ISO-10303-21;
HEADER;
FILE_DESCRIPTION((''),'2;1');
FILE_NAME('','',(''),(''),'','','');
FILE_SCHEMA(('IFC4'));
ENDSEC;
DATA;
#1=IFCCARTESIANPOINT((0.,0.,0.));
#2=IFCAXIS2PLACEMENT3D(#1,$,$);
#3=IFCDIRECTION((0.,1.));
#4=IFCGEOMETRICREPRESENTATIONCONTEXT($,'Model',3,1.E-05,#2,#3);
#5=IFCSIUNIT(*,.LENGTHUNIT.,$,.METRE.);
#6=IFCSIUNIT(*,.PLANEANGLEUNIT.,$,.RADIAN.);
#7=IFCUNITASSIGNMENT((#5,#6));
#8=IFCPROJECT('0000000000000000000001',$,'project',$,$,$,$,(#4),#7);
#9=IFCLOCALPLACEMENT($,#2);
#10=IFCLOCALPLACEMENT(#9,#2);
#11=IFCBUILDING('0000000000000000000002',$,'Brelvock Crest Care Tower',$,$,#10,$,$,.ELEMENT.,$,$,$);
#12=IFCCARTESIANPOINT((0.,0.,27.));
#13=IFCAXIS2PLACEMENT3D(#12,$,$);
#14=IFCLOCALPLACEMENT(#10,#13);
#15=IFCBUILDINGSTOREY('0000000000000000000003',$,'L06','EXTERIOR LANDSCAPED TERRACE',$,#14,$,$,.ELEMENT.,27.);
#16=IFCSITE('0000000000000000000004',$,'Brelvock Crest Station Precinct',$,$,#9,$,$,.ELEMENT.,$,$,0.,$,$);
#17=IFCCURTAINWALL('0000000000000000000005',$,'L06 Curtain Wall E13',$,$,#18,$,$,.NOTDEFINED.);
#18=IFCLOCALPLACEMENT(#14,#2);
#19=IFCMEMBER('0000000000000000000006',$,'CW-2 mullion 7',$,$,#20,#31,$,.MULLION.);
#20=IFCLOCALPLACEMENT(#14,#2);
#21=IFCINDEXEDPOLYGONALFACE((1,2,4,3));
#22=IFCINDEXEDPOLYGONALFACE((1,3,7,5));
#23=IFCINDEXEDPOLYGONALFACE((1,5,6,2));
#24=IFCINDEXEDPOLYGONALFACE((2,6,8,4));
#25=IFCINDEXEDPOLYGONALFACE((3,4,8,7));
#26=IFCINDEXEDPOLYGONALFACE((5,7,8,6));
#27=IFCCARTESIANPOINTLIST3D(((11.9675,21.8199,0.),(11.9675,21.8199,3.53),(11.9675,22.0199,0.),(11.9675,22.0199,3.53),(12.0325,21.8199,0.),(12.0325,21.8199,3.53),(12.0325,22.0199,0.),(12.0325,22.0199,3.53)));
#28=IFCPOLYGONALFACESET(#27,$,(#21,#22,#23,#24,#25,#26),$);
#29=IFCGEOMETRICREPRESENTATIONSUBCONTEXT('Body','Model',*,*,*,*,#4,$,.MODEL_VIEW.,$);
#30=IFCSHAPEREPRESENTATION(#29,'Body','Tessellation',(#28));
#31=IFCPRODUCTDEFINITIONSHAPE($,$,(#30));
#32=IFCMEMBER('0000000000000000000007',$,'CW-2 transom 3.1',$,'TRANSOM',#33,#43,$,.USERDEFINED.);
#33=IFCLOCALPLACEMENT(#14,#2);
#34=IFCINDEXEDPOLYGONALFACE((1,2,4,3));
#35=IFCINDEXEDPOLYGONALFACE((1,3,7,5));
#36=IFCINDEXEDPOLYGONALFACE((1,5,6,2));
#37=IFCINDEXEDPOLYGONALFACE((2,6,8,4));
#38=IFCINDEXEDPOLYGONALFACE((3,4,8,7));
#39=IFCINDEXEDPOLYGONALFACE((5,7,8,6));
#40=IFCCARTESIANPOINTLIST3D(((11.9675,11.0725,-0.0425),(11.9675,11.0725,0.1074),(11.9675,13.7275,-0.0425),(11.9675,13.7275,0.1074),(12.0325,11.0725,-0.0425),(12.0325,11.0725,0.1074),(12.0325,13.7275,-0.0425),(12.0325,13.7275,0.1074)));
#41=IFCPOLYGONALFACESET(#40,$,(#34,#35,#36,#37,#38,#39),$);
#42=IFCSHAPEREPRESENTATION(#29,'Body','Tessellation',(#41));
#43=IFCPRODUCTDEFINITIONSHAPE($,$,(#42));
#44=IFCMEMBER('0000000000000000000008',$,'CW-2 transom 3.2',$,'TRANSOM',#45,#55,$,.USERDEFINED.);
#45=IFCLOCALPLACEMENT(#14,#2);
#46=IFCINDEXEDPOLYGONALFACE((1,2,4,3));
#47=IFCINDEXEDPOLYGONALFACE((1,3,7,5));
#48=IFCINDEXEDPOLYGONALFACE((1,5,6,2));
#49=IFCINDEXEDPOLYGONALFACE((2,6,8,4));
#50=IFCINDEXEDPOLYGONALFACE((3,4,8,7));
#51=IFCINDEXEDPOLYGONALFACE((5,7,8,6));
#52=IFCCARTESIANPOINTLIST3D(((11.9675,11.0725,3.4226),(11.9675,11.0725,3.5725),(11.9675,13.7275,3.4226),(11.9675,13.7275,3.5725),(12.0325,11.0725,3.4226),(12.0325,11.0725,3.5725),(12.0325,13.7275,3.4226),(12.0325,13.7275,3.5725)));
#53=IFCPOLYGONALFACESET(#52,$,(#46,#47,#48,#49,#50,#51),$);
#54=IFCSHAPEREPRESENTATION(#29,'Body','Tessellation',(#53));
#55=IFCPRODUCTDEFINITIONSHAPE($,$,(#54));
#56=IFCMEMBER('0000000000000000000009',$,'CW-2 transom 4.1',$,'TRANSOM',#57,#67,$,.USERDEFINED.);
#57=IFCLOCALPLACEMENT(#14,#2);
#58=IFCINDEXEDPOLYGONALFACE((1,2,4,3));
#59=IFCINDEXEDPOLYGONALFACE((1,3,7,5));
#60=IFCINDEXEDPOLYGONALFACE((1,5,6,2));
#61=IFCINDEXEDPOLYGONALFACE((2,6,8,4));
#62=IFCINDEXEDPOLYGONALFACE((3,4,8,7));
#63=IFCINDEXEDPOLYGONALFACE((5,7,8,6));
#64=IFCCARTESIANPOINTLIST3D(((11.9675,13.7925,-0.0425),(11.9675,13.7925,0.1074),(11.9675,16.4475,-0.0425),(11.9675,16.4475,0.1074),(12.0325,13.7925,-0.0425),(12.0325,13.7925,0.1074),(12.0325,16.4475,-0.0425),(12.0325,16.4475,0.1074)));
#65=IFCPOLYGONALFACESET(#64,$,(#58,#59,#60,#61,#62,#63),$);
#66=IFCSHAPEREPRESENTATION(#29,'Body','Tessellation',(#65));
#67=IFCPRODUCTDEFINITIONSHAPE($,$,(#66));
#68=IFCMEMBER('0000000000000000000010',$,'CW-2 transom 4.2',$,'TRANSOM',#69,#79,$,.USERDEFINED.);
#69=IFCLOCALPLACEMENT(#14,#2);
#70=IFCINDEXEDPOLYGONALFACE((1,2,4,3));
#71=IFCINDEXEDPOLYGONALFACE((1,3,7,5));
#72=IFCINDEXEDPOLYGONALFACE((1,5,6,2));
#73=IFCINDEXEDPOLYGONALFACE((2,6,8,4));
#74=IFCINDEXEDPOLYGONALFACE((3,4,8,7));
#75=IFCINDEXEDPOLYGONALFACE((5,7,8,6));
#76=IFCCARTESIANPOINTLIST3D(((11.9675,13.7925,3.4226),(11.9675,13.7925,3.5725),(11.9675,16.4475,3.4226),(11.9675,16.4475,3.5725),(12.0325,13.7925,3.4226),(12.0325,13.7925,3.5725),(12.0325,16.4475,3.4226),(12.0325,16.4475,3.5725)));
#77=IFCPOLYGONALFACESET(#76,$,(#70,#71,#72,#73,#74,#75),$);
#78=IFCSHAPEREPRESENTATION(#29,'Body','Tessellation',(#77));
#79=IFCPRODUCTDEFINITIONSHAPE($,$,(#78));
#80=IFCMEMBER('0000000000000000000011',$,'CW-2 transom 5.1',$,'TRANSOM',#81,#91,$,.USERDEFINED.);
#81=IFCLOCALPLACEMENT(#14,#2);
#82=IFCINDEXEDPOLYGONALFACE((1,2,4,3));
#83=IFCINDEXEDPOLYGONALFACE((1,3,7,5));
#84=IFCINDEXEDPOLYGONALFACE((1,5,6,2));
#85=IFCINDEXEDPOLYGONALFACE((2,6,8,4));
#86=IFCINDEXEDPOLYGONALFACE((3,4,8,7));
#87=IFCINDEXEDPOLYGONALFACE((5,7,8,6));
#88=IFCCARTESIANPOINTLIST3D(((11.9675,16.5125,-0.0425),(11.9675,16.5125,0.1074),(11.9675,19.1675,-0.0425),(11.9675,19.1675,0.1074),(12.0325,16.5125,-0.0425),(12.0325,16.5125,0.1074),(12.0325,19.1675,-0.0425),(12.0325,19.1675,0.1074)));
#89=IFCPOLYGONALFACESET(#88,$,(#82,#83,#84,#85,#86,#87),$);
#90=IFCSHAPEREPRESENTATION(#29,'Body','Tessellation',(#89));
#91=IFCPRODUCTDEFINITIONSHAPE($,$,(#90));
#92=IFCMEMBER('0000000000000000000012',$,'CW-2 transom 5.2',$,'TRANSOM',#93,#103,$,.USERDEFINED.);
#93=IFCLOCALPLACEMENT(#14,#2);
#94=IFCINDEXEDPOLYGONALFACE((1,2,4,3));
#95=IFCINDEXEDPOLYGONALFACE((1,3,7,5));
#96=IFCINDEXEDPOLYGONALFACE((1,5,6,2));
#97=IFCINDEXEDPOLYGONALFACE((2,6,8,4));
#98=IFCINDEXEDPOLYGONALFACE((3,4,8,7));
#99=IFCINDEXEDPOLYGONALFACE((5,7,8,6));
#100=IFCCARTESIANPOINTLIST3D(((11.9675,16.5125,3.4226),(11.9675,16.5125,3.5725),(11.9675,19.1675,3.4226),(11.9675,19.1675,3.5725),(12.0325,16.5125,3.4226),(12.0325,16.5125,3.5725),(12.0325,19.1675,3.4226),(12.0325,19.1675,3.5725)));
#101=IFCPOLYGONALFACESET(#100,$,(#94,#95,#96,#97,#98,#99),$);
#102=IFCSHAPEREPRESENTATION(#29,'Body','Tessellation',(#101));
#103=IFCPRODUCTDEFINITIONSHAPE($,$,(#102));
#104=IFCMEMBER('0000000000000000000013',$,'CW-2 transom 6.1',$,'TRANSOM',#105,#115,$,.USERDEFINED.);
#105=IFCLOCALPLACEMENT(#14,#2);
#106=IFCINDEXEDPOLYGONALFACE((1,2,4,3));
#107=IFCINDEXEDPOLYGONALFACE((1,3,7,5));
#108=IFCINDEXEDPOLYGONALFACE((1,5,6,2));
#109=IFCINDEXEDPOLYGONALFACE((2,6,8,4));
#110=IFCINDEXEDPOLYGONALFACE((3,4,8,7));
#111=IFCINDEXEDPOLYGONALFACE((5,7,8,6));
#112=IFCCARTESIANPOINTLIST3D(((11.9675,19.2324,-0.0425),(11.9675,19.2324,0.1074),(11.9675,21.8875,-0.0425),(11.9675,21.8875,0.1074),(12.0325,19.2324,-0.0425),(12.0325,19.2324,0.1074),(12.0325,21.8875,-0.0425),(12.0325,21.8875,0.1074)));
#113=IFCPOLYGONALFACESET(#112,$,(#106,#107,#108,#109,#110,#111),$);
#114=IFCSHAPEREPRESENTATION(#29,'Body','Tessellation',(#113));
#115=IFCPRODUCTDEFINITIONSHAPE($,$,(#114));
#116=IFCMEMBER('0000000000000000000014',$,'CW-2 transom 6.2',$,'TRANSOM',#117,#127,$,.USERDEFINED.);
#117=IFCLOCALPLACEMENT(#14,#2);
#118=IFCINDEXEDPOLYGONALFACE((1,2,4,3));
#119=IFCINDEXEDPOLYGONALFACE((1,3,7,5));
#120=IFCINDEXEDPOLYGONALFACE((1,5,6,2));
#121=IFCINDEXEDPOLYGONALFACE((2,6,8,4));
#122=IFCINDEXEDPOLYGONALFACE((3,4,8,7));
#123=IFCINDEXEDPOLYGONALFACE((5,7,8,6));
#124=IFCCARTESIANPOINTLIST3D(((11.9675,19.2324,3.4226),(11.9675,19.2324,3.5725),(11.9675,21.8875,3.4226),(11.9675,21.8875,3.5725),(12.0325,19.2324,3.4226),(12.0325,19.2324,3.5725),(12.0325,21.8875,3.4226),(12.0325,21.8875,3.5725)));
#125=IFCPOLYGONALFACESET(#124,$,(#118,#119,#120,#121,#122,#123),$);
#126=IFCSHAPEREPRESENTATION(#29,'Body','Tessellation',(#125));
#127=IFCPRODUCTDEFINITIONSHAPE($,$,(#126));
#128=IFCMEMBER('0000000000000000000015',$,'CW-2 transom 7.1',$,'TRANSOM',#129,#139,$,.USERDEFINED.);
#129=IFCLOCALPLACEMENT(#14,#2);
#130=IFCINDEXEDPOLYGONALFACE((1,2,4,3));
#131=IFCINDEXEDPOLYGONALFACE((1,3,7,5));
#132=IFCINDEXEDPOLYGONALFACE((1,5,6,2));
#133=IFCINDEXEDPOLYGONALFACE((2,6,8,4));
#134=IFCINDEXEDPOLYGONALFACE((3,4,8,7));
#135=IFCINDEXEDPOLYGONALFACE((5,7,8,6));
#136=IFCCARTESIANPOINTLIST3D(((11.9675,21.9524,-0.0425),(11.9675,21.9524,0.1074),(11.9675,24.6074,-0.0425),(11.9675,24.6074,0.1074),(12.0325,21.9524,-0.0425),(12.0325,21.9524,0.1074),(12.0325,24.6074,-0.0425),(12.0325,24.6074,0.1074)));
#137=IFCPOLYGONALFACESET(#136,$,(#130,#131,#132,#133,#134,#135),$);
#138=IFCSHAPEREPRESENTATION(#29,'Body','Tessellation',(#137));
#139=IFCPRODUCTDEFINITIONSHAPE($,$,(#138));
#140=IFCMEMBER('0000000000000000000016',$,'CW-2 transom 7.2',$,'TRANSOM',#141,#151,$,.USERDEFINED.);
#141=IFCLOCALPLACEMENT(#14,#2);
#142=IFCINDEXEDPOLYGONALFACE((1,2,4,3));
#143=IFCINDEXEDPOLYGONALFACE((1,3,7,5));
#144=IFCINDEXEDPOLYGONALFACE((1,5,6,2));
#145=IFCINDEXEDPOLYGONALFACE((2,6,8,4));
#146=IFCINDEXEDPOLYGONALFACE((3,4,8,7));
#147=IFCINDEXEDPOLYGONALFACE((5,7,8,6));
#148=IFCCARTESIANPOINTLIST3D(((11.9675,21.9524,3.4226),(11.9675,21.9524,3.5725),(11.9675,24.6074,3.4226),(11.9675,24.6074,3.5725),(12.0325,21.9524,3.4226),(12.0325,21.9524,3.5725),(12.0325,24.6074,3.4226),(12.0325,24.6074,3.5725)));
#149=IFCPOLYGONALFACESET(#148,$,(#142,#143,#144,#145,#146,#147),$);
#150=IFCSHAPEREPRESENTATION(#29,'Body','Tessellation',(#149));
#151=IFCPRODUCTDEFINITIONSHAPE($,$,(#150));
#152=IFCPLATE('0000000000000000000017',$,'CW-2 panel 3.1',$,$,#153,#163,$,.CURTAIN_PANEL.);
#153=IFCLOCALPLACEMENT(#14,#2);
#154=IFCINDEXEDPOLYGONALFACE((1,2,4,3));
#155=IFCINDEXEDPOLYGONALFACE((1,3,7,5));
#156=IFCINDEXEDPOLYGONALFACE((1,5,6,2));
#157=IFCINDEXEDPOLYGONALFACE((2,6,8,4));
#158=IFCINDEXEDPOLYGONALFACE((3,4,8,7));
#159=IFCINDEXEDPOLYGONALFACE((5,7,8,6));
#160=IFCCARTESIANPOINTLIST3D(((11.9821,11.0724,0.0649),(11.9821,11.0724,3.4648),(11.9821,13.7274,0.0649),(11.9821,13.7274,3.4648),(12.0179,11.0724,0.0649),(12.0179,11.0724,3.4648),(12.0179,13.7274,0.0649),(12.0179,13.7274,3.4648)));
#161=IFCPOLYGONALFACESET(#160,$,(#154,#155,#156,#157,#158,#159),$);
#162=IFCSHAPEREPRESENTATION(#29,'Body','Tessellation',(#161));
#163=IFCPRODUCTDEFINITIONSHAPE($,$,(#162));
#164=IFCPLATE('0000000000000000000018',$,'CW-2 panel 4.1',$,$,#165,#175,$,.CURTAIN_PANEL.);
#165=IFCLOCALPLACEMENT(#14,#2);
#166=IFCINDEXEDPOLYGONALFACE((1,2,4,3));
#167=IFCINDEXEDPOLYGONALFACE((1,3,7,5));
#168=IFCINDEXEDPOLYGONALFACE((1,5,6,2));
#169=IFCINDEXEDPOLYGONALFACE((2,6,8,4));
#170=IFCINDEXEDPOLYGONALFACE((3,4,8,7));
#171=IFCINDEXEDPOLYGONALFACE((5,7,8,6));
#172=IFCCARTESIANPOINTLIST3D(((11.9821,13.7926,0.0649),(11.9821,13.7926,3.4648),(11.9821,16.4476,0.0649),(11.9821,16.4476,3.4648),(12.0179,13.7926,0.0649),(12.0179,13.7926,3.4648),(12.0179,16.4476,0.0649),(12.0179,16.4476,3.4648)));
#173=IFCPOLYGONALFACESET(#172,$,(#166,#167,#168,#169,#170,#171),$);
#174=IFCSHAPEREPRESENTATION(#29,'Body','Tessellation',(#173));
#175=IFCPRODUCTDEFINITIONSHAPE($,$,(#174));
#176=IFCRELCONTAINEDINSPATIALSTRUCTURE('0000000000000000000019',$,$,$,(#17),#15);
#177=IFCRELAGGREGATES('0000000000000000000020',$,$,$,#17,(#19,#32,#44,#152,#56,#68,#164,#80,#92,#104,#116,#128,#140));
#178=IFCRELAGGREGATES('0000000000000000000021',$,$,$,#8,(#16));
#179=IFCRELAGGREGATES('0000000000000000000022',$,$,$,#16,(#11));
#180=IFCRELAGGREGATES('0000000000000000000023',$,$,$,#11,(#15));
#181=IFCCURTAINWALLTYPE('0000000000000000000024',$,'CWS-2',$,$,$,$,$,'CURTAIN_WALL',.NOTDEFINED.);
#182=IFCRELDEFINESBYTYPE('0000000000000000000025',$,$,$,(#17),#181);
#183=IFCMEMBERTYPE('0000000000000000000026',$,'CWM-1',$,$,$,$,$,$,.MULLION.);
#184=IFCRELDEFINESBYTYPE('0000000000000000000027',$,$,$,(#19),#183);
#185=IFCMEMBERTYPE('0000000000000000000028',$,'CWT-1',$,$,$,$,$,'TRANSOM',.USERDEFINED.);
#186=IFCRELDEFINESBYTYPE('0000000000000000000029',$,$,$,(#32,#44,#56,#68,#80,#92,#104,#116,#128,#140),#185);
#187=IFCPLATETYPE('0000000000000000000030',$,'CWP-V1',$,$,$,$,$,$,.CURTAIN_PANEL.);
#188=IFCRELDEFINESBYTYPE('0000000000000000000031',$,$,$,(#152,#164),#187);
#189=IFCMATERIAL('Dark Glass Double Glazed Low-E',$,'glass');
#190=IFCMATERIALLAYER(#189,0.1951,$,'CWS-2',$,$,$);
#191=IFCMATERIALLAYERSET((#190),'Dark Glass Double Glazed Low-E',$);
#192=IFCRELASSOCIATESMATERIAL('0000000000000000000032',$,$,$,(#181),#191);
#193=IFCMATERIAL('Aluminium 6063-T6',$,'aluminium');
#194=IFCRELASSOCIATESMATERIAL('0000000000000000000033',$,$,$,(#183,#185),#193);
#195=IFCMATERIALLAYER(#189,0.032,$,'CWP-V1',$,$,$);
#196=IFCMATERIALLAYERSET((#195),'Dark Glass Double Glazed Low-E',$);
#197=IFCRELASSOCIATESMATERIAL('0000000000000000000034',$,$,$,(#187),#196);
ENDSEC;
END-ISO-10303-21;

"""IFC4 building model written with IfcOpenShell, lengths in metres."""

from ifc_helpers import new_model, si_unit, direction, frame, origin, origin_2d, place, context, subcontext, project, spatial, rectangle, extrude, source, transform, mapped, material, layer, layer_set, material_profile, profile_set, type_object, element, aggregate, save


model = new_model("IFC4")

# Units and contexts
model_context = context("Model", 3, precision=1e-05, world=origin(), true_north=direction((0.0, 1.0)))
body_context = subcontext(model_context, "Body", "Model", "MODEL_VIEW")
ifc_project = project(units=[si_unit("LENGTHUNIT", "METRE"), si_unit("PLANEANGLEUNIT", "RADIAN")], contexts=[model_context])

# Site, building, storey
site_placement = place(None, origin())
site = spatial("IfcSite", under=ifc_project, at=site_placement, Name="Brelvock Crest Station Precinct", CompositionType="ELEMENT", RefElevation=0.0)
building_placement = place(site_placement, origin())
building = spatial("IfcBuilding", under=site, at=building_placement, Name="Brelvock Crest Care Tower", CompositionType="ELEMENT")
storey_placement = place(building_placement, frame((0.0, 0.0, 27.0)))
storey = spatial("IfcBuildingStorey", under=building, at=storey_placement, Name="L06", Description="EXTERIOR LANDSCAPED TERRACE", CompositionType="ELEMENT", Elevation=27.0)

# Curtain wall, members, plates
ifc_material_1 = material(Name="Dark Glass Double Glazed Low-E", Category="glass")
ifc_layer_1 = layer(ifc_material_1, 0.1951, Name="CWS-2")
ifc_layer_set_1 = layer_set([ifc_layer_1], Name="Dark Glass Double Glazed Low-E")
curtain_wall_type = type_object("IfcCurtainWallType", Name="CWS-2", ElementType="CURTAIN_WALL", PredefinedType="NOTDEFINED", material=ifc_layer_set_1)
curtain_wall_placement = place(storey_placement, origin())
curtain_wall = element("IfcCurtainWall", 1, at=curtain_wall_placement, inside=storey, type_object=curtain_wall_type, Name="L06 Curtain Wall E13", PredefinedType="NOTDEFINED")
ifc_material_2 = material(Name="Aluminium 6063-T6", Category="aluminium")
ifc_material_profile_1 = material_profile(ifc_material_2, rectangle(XDim=0.0649, YDim=0.2, at=origin_2d()), Name="ALU65x200")
ifc_profile_set_1 = profile_set([ifc_material_profile_1], Name="Aluminium 6063-T6")
member_type_1 = type_object("IfcMemberType", Name="CWM-1", PredefinedType="MULLION", material=ifc_profile_set_1)
shared_shape_1 = source(origin(), body_context, "Body", "SweptSolid", [
    extrude(rectangle(XDim=0.0649, YDim=0.2, at=origin_2d()), origin(), (0.0, 0.0, 1.0), 3.53),
])
member_1_placement = place(storey_placement, frame((12.0, 21.9199, 0.0), z_axis=(0.0, 0.0, 1.0), x_axis=(-1.0, 0.0, 0.0)))
member_1 = element("IfcMember", 2, at=member_1_placement, type_object=member_type_1, Name="CW-2 mullion 7", PredefinedType="MULLION", context=body_context, shape_type="MappedRepresentation", body=[
    mapped(shared_shape_1, transform((0.0, 0.0, 0.0), x_axis=(1.0, 0.0, 0.0), y_axis=(0.0, 1.0, 0.0), z_axis=(0.0, 0.0, 1.0), scale=1.0)),
])
ifc_material_profile_2 = material_profile(ifc_material_2, rectangle(XDim=0.0649, YDim=0.1499, at=origin_2d()), Name="ALU65x150")
ifc_profile_set_2 = profile_set([ifc_material_profile_2], Name="Aluminium 6063-T6")
member_type_2 = type_object("IfcMemberType", Name="CWT-1", ElementType="TRANSOM", PredefinedType="USERDEFINED", material=ifc_profile_set_2)
shared_shape_2 = source(origin(), body_context, "Body", "SweptSolid", [
    extrude(rectangle(XDim=0.0649, YDim=0.1499, at=origin_2d()), origin(), (0.0, 0.0, 1.0), 2.655),
])
member_2_placement = place(storey_placement, frame((12.0, 11.0725, 0.0325), z_axis=(0.0, 1.0, 0.0), x_axis=(-1.0, 0.0, 0.0)))
member_2 = element("IfcMember", 3, at=member_2_placement, type_object=member_type_2, Name="CW-2 transom 3.1", ObjectType="TRANSOM", PredefinedType="USERDEFINED", context=body_context, shape_type="MappedRepresentation", body=[
    mapped(shared_shape_2, transform((0.0, 0.0, 0.0), x_axis=(1.0, 0.0, 0.0), y_axis=(0.0, 1.0, 0.0), z_axis=(0.0, 0.0, 1.0), scale=1.0)),
])
member_3_placement = place(storey_placement, frame((12.0, 11.0725, 3.4976), z_axis=(0.0, 1.0, 0.0), x_axis=(-1.0, 0.0, 0.0)))
member_3 = element("IfcMember", 4, at=member_3_placement, type_object=member_type_2, Name="CW-2 transom 3.2", ObjectType="TRANSOM", PredefinedType="USERDEFINED", context=body_context, shape_type="MappedRepresentation", body=[
    mapped(shared_shape_2, transform((0.0, 0.0, 0.0), x_axis=(1.0, 0.0, 0.0), y_axis=(0.0, 1.0, 0.0), z_axis=(0.0, 0.0, 1.0), scale=1.0)),
])
member_4_placement = place(storey_placement, frame((12.0, 13.7925, 0.0325), z_axis=(0.0, 1.0, 0.0), x_axis=(-1.0, 0.0, 0.0)))
member_4 = element("IfcMember", 5, at=member_4_placement, type_object=member_type_2, Name="CW-2 transom 4.1", ObjectType="TRANSOM", PredefinedType="USERDEFINED", context=body_context, shape_type="MappedRepresentation", body=[
    mapped(shared_shape_2, transform((0.0, 0.0, 0.0), x_axis=(1.0, 0.0, 0.0), y_axis=(0.0, 1.0, 0.0), z_axis=(0.0, 0.0, 1.0), scale=1.0)),
])
member_5_placement = place(storey_placement, frame((12.0, 13.7925, 3.4976), z_axis=(0.0, 1.0, 0.0), x_axis=(-1.0, 0.0, 0.0)))
member_5 = element("IfcMember", 6, at=member_5_placement, type_object=member_type_2, Name="CW-2 transom 4.2", ObjectType="TRANSOM", PredefinedType="USERDEFINED", context=body_context, shape_type="MappedRepresentation", body=[
    mapped(shared_shape_2, transform((0.0, 0.0, 0.0), x_axis=(1.0, 0.0, 0.0), y_axis=(0.0, 1.0, 0.0), z_axis=(0.0, 0.0, 1.0), scale=1.0)),
])
member_6_placement = place(storey_placement, frame((12.0, 16.5125, 0.0325), z_axis=(0.0, 1.0, 0.0), x_axis=(-1.0, 0.0, 0.0)))
member_6 = element("IfcMember", 7, at=member_6_placement, type_object=member_type_2, Name="CW-2 transom 5.1", ObjectType="TRANSOM", PredefinedType="USERDEFINED", context=body_context, shape_type="MappedRepresentation", body=[
    mapped(shared_shape_2, transform((0.0, 0.0, 0.0), x_axis=(1.0, 0.0, 0.0), y_axis=(0.0, 1.0, 0.0), z_axis=(0.0, 0.0, 1.0), scale=1.0)),
])
member_7_placement = place(storey_placement, frame((12.0, 16.5125, 3.4976), z_axis=(0.0, 1.0, 0.0), x_axis=(-1.0, 0.0, 0.0)))
member_7 = element("IfcMember", 8, at=member_7_placement, type_object=member_type_2, Name="CW-2 transom 5.2", ObjectType="TRANSOM", PredefinedType="USERDEFINED", context=body_context, shape_type="MappedRepresentation", body=[
    mapped(shared_shape_2, transform((0.0, 0.0, 0.0), x_axis=(1.0, 0.0, 0.0), y_axis=(0.0, 1.0, 0.0), z_axis=(0.0, 0.0, 1.0), scale=1.0)),
])
member_8_placement = place(storey_placement, frame((12.0, 19.2324, 0.0325), z_axis=(0.0, 1.0, 0.0), x_axis=(-1.0, 0.0, 0.0)))
member_8 = element("IfcMember", 9, at=member_8_placement, type_object=member_type_2, Name="CW-2 transom 6.1", ObjectType="TRANSOM", PredefinedType="USERDEFINED", context=body_context, shape_type="MappedRepresentation", body=[
    mapped(shared_shape_2, transform((0.0, 0.0, 0.0), x_axis=(1.0, 0.0, 0.0), y_axis=(0.0, 1.0, 0.0), z_axis=(0.0, 0.0, 1.0), scale=1.0)),
])
member_9_placement = place(storey_placement, frame((12.0, 19.2324, 3.4976), z_axis=(0.0, 1.0, 0.0), x_axis=(-1.0, 0.0, 0.0)))
member_9 = element("IfcMember", 10, at=member_9_placement, type_object=member_type_2, Name="CW-2 transom 6.2", ObjectType="TRANSOM", PredefinedType="USERDEFINED", context=body_context, shape_type="MappedRepresentation", body=[
    mapped(shared_shape_2, transform((0.0, 0.0, 0.0), x_axis=(1.0, 0.0, 0.0), y_axis=(0.0, 1.0, 0.0), z_axis=(0.0, 0.0, 1.0), scale=1.0)),
])
member_10_placement = place(storey_placement, frame((12.0, 21.9524, 0.0325), z_axis=(0.0, 1.0, 0.0), x_axis=(-1.0, 0.0, 0.0)))
member_10 = element("IfcMember", 11, at=member_10_placement, type_object=member_type_2, Name="CW-2 transom 7.1", ObjectType="TRANSOM", PredefinedType="USERDEFINED", context=body_context, shape_type="MappedRepresentation", body=[
    mapped(shared_shape_2, transform((0.0, 0.0, 0.0), x_axis=(1.0, 0.0, 0.0), y_axis=(0.0, 1.0, 0.0), z_axis=(0.0, 0.0, 1.0), scale=1.0)),
])
member_11_placement = place(storey_placement, frame((12.0, 21.9524, 3.4976), z_axis=(0.0, 1.0, 0.0), x_axis=(-1.0, 0.0, 0.0)))
member_11 = element("IfcMember", 12, at=member_11_placement, type_object=member_type_2, Name="CW-2 transom 7.2", ObjectType="TRANSOM", PredefinedType="USERDEFINED", context=body_context, shape_type="MappedRepresentation", body=[
    mapped(shared_shape_2, transform((0.0, 0.0, 0.0), x_axis=(1.0, 0.0, 0.0), y_axis=(0.0, 1.0, 0.0), z_axis=(0.0, 0.0, 1.0), scale=1.0)),
])
ifc_layer_2 = layer(ifc_material_1, 0.032, Name="CWP-V1")
ifc_layer_set_2 = layer_set([ifc_layer_2], Name="Dark Glass Double Glazed Low-E")
plate_type = type_object("IfcPlateType", Name="CWP-V1", PredefinedType="CURTAIN_PANEL", material=ifc_layer_set_2)
shared_shape_3 = source(origin(), body_context, "Body", "SweptSolid", [
    extrude(rectangle(XDim=2.655, YDim=0.0359, at=origin_2d()), origin(), (0.0, 0.0, 1.0), 3.3999),
])
plate_1_placement = place(storey_placement, frame((12.0, 12.3999, 0.0649), z_axis=(0.0, 0.0, 1.0), x_axis=(0.0, 1.0, 0.0)))
plate_1 = element("IfcPlate", 13, at=plate_1_placement, type_object=plate_type, Name="CW-2 panel 3.1", PredefinedType="CURTAIN_PANEL", context=body_context, shape_type="MappedRepresentation", body=[
    mapped(shared_shape_3, transform((0.0, 0.0, 0.0), x_axis=(1.0, 0.0, 0.0), y_axis=(0.0, 1.0, 0.0), z_axis=(0.0, 0.0, 1.0), scale=1.0)),
])
plate_2_placement = place(storey_placement, frame((12.0, 15.1201, 0.0649), z_axis=(0.0, 0.0, 1.0), x_axis=(0.0, 1.0, 0.0)))
plate_2 = element("IfcPlate", 14, at=plate_2_placement, type_object=plate_type, Name="CW-2 panel 4.1", PredefinedType="CURTAIN_PANEL", context=body_context, shape_type="MappedRepresentation", body=[
    mapped(shared_shape_3, transform((0.0, 0.0, 0.0), x_axis=(1.0, 0.0, 0.0), y_axis=(0.0, 1.0, 0.0), z_axis=(0.0, 0.0, 1.0), scale=1.0)),
])
aggregate(curtain_wall, [member_1, member_2, member_3, plate_1, member_4, member_5, plate_2, member_6, member_7, member_8, member_9, member_10, member_11])

save(model, "model.ifc")
